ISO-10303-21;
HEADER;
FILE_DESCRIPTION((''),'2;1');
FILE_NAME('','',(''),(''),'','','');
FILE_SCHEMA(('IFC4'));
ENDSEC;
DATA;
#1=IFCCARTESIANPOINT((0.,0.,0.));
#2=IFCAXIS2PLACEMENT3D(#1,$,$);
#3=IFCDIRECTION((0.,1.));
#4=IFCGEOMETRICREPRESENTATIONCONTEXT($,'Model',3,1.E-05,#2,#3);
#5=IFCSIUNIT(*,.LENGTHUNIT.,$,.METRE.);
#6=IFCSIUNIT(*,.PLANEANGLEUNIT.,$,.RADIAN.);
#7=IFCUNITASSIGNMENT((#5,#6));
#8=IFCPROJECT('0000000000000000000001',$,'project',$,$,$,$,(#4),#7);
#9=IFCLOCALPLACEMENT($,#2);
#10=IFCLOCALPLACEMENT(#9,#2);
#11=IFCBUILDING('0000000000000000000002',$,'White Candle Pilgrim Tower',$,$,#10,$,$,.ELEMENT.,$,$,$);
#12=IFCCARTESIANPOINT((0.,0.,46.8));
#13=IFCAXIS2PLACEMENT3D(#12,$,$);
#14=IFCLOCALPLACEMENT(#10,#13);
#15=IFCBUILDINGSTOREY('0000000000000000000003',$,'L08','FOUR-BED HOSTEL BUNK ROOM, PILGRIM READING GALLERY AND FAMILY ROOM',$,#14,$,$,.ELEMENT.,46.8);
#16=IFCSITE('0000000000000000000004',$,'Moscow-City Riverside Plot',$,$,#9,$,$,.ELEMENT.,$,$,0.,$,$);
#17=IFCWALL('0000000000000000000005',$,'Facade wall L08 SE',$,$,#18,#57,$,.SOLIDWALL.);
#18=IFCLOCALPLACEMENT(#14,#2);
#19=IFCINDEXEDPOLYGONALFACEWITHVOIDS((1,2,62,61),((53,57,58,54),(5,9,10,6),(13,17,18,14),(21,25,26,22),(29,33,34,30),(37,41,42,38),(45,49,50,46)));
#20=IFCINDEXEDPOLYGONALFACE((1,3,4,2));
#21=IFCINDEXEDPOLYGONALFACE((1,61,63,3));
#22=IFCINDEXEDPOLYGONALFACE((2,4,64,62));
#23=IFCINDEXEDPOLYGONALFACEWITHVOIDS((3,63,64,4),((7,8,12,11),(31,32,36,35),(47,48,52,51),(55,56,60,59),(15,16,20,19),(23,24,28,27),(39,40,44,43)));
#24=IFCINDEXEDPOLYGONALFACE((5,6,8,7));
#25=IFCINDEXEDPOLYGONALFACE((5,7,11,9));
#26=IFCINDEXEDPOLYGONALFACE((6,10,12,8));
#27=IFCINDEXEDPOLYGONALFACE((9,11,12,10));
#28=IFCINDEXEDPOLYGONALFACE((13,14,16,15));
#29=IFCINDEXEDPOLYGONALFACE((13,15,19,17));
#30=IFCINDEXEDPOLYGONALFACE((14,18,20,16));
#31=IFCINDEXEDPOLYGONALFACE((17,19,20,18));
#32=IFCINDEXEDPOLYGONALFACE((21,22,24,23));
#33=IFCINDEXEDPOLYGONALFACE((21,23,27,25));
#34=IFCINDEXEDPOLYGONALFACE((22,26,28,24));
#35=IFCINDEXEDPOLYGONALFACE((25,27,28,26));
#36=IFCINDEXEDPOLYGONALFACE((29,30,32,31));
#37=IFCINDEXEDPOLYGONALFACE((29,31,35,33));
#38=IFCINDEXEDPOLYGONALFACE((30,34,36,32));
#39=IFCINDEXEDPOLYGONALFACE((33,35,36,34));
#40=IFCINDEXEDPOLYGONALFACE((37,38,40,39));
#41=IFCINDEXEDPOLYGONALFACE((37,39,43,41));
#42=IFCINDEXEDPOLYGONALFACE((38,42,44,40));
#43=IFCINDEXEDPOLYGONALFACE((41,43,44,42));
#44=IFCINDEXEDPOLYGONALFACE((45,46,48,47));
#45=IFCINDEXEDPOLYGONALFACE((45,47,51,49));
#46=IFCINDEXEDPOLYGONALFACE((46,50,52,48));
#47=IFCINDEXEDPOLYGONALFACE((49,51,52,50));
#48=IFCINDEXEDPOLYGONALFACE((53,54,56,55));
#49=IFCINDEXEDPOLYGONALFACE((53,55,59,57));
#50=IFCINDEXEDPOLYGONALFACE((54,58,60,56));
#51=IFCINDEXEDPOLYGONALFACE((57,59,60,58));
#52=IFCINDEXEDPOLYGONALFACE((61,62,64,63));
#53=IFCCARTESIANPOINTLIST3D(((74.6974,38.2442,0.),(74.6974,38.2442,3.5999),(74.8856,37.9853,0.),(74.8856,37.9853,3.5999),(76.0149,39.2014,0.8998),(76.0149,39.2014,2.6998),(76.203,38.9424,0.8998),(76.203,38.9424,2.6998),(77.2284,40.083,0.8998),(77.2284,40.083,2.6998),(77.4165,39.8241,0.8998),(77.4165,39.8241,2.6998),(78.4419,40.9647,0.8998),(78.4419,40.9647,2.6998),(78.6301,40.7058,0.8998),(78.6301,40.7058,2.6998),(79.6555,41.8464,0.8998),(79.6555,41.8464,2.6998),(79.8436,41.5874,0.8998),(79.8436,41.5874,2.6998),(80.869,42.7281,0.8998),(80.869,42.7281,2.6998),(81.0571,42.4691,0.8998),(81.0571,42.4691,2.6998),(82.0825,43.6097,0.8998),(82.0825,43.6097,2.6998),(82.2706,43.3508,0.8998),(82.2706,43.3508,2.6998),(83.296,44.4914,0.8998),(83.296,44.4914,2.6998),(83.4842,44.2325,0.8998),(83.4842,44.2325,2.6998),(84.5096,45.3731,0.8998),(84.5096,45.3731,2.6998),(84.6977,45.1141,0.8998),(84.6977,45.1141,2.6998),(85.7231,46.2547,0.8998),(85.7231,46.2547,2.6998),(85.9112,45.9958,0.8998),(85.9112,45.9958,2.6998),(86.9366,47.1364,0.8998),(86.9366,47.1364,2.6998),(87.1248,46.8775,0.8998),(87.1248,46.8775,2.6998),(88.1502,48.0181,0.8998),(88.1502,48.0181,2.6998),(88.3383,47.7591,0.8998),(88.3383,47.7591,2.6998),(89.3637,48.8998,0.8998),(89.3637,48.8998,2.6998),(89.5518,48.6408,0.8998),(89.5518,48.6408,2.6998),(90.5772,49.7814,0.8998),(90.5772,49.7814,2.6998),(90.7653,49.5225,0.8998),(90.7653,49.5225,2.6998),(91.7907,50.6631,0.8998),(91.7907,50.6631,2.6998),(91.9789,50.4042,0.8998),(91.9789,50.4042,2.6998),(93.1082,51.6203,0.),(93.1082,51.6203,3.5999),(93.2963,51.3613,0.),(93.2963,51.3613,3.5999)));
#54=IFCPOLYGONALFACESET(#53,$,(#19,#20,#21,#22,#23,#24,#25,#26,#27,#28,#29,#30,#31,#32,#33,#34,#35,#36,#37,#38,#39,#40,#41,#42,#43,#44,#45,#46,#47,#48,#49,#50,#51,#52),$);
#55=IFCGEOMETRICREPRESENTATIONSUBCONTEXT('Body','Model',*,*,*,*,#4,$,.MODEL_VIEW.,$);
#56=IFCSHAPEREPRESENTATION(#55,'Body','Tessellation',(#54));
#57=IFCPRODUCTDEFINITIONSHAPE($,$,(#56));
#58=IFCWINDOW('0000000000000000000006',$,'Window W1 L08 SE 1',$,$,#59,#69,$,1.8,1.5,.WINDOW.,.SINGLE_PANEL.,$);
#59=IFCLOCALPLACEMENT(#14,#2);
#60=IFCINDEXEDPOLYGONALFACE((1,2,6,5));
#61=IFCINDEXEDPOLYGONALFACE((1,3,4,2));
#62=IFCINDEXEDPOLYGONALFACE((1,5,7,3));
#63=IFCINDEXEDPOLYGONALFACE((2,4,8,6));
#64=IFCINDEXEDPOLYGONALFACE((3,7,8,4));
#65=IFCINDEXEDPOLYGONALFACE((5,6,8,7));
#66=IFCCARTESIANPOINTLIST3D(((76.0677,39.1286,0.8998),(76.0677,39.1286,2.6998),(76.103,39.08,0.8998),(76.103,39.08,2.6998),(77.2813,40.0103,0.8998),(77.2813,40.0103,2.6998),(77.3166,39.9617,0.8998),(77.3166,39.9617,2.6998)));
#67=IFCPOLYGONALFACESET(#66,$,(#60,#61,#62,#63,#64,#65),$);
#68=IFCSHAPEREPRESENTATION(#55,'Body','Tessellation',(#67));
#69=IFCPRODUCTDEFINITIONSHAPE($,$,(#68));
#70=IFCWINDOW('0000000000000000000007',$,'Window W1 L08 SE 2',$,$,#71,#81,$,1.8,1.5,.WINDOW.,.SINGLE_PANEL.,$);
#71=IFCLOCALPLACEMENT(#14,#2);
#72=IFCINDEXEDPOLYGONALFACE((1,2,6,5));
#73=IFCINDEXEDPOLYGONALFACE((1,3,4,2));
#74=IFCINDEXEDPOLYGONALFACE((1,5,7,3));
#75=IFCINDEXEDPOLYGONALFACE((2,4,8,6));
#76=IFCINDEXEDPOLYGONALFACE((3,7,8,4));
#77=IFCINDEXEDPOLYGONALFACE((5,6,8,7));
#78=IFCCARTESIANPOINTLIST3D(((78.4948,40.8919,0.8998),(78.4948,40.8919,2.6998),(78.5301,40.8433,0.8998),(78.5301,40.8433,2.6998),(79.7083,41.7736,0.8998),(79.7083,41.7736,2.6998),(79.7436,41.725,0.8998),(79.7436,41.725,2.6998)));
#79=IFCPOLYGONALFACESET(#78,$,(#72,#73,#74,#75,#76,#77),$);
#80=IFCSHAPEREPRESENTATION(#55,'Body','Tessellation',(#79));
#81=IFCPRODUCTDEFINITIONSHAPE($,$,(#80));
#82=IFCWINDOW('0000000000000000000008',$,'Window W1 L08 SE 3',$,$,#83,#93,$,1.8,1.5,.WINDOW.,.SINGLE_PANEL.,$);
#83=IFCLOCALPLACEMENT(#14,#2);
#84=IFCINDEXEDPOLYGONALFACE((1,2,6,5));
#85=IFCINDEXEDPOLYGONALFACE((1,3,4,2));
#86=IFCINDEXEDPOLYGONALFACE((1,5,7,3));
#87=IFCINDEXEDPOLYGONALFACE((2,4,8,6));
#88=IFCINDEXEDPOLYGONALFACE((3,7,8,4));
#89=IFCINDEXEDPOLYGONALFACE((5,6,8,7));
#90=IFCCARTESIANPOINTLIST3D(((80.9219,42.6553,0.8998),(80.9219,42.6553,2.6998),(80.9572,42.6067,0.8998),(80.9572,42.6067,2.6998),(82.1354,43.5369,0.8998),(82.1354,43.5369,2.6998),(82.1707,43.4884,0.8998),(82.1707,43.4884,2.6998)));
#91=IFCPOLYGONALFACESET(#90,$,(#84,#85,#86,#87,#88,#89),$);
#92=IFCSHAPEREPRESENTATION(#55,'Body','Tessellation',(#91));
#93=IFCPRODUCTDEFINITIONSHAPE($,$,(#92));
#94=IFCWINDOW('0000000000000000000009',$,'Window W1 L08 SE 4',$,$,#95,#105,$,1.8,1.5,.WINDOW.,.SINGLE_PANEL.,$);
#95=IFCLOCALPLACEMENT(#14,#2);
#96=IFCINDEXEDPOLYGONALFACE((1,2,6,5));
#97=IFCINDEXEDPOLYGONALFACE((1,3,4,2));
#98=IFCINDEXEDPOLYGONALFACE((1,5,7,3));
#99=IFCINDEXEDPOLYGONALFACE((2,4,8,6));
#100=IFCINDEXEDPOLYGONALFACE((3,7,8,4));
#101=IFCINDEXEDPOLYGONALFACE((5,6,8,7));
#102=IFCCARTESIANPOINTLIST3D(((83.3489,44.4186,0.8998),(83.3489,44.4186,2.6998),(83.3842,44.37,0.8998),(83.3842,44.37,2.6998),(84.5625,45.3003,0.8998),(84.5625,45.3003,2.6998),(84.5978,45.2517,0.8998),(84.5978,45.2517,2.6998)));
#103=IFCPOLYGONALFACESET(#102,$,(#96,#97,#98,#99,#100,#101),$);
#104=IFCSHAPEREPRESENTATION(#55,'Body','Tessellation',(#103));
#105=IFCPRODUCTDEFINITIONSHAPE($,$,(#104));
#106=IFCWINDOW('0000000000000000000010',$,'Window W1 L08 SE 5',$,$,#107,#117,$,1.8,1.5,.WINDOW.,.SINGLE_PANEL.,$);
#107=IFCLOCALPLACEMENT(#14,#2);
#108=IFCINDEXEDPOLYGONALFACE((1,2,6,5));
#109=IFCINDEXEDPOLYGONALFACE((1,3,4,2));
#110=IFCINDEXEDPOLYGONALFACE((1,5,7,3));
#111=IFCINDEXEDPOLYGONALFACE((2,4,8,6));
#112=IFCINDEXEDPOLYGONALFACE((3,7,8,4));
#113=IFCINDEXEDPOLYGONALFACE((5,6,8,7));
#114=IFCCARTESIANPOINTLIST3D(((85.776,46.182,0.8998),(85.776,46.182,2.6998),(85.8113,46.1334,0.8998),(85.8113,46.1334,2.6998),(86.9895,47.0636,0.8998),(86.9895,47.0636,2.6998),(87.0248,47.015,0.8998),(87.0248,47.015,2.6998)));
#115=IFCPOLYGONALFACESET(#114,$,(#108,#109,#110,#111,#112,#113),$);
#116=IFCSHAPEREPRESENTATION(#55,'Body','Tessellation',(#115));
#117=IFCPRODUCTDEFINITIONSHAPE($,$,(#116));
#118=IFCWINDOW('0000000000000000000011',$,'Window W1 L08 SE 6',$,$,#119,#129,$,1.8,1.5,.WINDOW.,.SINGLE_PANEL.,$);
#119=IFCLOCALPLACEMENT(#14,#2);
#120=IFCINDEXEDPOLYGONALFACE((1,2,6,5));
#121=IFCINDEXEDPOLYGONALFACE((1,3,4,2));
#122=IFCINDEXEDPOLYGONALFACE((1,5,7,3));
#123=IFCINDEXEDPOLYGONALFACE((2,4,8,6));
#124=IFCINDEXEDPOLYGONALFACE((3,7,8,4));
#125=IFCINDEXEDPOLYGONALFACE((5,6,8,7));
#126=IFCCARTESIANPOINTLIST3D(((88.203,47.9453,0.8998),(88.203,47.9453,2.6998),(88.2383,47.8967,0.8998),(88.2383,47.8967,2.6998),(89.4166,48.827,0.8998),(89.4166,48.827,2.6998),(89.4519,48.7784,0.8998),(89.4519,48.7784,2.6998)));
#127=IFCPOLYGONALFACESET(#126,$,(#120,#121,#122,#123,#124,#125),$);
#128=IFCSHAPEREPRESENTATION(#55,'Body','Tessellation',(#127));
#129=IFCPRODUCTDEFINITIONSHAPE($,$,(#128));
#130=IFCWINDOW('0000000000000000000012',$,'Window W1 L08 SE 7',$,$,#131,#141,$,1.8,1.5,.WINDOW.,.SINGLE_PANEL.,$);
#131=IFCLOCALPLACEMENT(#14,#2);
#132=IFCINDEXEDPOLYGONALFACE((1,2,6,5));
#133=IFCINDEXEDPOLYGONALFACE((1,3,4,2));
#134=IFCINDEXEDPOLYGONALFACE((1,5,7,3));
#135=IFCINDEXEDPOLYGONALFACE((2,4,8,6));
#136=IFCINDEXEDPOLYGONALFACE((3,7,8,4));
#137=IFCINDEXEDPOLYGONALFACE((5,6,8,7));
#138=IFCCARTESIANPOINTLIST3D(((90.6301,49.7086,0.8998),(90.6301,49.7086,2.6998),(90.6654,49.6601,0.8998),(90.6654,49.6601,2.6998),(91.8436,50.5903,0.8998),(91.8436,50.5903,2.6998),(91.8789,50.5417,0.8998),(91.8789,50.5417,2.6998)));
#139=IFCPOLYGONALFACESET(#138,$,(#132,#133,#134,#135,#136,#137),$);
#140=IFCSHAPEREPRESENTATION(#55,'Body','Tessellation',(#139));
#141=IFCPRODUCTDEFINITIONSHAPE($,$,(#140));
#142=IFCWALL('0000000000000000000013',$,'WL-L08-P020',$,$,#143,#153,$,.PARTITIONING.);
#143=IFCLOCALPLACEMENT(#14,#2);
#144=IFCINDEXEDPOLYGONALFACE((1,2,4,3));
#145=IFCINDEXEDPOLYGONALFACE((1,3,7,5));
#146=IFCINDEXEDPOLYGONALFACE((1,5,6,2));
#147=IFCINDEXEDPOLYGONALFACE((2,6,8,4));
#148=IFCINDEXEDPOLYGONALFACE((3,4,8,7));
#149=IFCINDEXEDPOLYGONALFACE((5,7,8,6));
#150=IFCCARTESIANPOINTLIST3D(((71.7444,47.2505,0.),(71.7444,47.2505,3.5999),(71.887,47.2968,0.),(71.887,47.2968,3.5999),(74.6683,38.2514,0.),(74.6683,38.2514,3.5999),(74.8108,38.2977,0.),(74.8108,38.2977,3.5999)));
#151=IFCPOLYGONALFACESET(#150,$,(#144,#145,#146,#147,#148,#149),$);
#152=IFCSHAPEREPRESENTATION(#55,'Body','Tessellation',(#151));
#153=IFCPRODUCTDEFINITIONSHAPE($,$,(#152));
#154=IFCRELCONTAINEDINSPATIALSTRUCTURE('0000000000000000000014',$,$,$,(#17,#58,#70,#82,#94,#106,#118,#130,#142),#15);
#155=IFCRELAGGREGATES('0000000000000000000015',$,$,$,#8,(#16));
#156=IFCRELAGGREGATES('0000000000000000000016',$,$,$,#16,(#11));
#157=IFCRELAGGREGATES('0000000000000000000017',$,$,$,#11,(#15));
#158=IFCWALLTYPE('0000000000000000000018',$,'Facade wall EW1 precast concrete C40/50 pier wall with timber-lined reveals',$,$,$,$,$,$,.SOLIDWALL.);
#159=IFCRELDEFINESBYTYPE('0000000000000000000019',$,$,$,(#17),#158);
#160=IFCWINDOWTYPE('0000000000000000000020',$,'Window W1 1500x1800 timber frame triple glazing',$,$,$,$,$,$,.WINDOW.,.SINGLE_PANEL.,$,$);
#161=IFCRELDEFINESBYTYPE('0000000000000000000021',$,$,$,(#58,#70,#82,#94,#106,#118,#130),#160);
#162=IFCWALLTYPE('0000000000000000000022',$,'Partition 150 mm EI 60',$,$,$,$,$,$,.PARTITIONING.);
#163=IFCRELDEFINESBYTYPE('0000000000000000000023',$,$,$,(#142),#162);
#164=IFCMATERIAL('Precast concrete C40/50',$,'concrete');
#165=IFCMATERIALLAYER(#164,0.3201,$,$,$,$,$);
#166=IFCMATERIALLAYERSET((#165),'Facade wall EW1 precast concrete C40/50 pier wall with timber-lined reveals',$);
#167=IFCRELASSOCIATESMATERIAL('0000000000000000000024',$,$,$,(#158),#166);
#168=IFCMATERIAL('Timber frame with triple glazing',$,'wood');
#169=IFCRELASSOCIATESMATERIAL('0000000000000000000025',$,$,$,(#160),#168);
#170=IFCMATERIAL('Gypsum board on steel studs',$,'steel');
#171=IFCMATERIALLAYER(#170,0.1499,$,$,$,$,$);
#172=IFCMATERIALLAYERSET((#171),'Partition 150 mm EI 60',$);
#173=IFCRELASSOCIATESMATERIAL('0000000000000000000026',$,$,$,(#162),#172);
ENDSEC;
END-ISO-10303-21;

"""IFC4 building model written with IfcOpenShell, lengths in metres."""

from ifc_helpers import new_model, si_unit, direction, frame, frame_2d, origin, place, context, subcontext, project, spatial, rectangle, extrude, material, layer, layer_set, type_object, element, fill, save


model = new_model("IFC4")

# Units and contexts
model_context = context("Model", 3, precision=1e-05, world=origin(), true_north=direction((0.0, 1.0)))
body_context = subcontext(model_context, "Body", "Model", "MODEL_VIEW")
ifc_project = project(units=[si_unit("LENGTHUNIT", "METRE"), si_unit("PLANEANGLEUNIT", "RADIAN")], contexts=[model_context])

# Site, building, storey
site_placement = place(None, origin())
site = spatial("IfcSite", under=ifc_project, at=site_placement, Name="Moscow-City Riverside Plot", CompositionType="ELEMENT", RefElevation=0.0)
building_placement = place(site_placement, origin())
building = spatial("IfcBuilding", under=site, at=building_placement, Name="White Candle Pilgrim Tower", CompositionType="ELEMENT")
storey_placement = place(building_placement, frame((0.0, 0.0, 46.8)))
storey = spatial("IfcBuildingStorey", under=building, at=storey_placement, Name="L08", Description="FOUR-BED HOSTEL BUNK ROOM, PILGRIM READING GALLERY AND FAMILY ROOM", CompositionType="ELEMENT", Elevation=46.8)

# Wall, openings, windows
ifc_material_1 = material(Name="Precast concrete C40/50", Category="concrete")
ifc_layer_1 = layer(ifc_material_1, 0.3201)
ifc_layer_set_1 = layer_set([ifc_layer_1], Name="Facade wall EW1 precast concrete C40/50 pier wall with timber-lined reveals")
wall_type_1 = type_object("IfcWallType", Name="Facade wall EW1 precast concrete C40/50 pier wall with timber-lined reveals", PredefinedType="SOLIDWALL", material=ifc_layer_set_1)
wall_1_placement = place(storey_placement, frame((74.7915, 38.1147, 0.0), z_axis=(0.0, 0.0, 1.0), x_axis=(0.80902, 0.587781, 0.0)))
wall_1 = element("IfcWall", 1, at=wall_1_placement, inside=storey, type_object=wall_type_1, Name="Facade wall L08 SE", PredefinedType="SOLIDWALL", context=body_context, shape_type="SweptSolid", body=[
    extrude(rectangle(XDim=22.7568, YDim=0.3201, at=frame_2d((11.3784, 0.0))), origin(), (0.0, 0.0, 1.0), 3.5999),
])
opening_1_placement = place(wall_1_placement, frame((1.6284, 0.0, 0.8999)))
opening_1 = element("IfcOpeningElement", 2, at=opening_1_placement, cuts=wall_1, PredefinedType="OPENING", context=body_context, shape_type="SweptSolid", body=[
    extrude(rectangle(XDim=1.5, YDim=1.8, at=frame_2d((0.75, 0.8999))), frame((0.0, 0.1699, 0.0), z_axis=(0.0, -1.0, 0.0), x_axis=(1.0, 0.0, 0.0)), (0.0, 0.0, 1.0), 0.3401),
])
opening_2_placement = place(wall_1_placement, frame((4.6284, 0.0, 0.8999)))
opening_2 = element("IfcOpeningElement", 3, at=opening_2_placement, cuts=wall_1, PredefinedType="OPENING", context=body_context, shape_type="SweptSolid", body=[
    extrude(rectangle(XDim=1.5, YDim=1.8, at=frame_2d((0.75, 0.8999))), frame((0.0, 0.1699, 0.0), z_axis=(0.0, -1.0, 0.0), x_axis=(1.0, 0.0, 0.0)), (0.0, 0.0, 1.0), 0.3401),
])
opening_3_placement = place(wall_1_placement, frame((7.6284, 0.0, 0.8999)))
opening_3 = element("IfcOpeningElement", 4, at=opening_3_placement, cuts=wall_1, PredefinedType="OPENING", context=body_context, shape_type="SweptSolid", body=[
    extrude(rectangle(XDim=1.5, YDim=1.8, at=frame_2d((0.75, 0.8999))), frame((0.0, 0.1699, 0.0), z_axis=(0.0, -1.0, 0.0), x_axis=(1.0, 0.0, 0.0)), (0.0, 0.0, 1.0), 0.3401),
])
opening_4_placement = place(wall_1_placement, frame((10.6284, 0.0, 0.8999)))
opening_4 = element("IfcOpeningElement", 5, at=opening_4_placement, cuts=wall_1, PredefinedType="OPENING", context=body_context, shape_type="SweptSolid", body=[
    extrude(rectangle(XDim=1.5, YDim=1.8, at=frame_2d((0.75, 0.8999))), frame((0.0, 0.1699, 0.0), z_axis=(0.0, -1.0, 0.0), x_axis=(1.0, 0.0, 0.0)), (0.0, 0.0, 1.0), 0.3401),
])
opening_5_placement = place(wall_1_placement, frame((13.6284, 0.0, 0.8999)))
opening_5 = element("IfcOpeningElement", 6, at=opening_5_placement, cuts=wall_1, PredefinedType="OPENING", context=body_context, shape_type="SweptSolid", body=[
    extrude(rectangle(XDim=1.5, YDim=1.8, at=frame_2d((0.75, 0.8999))), frame((0.0, 0.1699, 0.0), z_axis=(0.0, -1.0, 0.0), x_axis=(1.0, 0.0, 0.0)), (0.0, 0.0, 1.0), 0.3401),
])
opening_6_placement = place(wall_1_placement, frame((16.6284, 0.0, 0.8999)))
opening_6 = element("IfcOpeningElement", 7, at=opening_6_placement, cuts=wall_1, PredefinedType="OPENING", context=body_context, shape_type="SweptSolid", body=[
    extrude(rectangle(XDim=1.5, YDim=1.8, at=frame_2d((0.75, 0.8999))), frame((0.0, 0.1699, 0.0), z_axis=(0.0, -1.0, 0.0), x_axis=(1.0, 0.0, 0.0)), (0.0, 0.0, 1.0), 0.3401),
])
opening_7_placement = place(wall_1_placement, frame((19.6284, 0.0, 0.8999)))
opening_7 = element("IfcOpeningElement", 8, at=opening_7_placement, cuts=wall_1, PredefinedType="OPENING", context=body_context, shape_type="SweptSolid", body=[
    extrude(rectangle(XDim=1.5, YDim=1.8, at=frame_2d((0.75, 0.8999))), frame((0.0, 0.1699, 0.0), z_axis=(0.0, -1.0, 0.0), x_axis=(1.0, 0.0, 0.0)), (0.0, 0.0, 1.0), 0.3401),
])
ifc_material_2 = material(Name="Timber frame with triple glazing", Category="wood")
window_type = type_object("IfcWindowType", Name="Window W1 1500x1800 timber frame triple glazing", PartitioningType="SINGLE_PANEL", PredefinedType="WINDOW", material=ifc_material_2)
window_1_placement = place(opening_1_placement, origin())
window_1 = element("IfcWindow", 9, at=window_1_placement, inside=storey, type_object=window_type, Name="Window W1 L08 SE 1", OverallHeight=1.8, OverallWidth=1.5, PartitioningType="SINGLE_PANEL", PredefinedType="WINDOW", context=body_context, shape_type="SweptSolid", body=[
    extrude(rectangle(XDim=1.5, YDim=1.8, at=frame_2d((0.75, 0.8999))), frame((0.0, 0.0701, 0.0), z_axis=(0.0, -1.0, 0.0), x_axis=(1.0, 0.0, 0.0)), (0.0, 0.0, 1.0), 0.0601),
])
fill(opening_1, window_1)
window_2_placement = place(opening_2_placement, origin())
window_2 = element("IfcWindow", 10, at=window_2_placement, inside=storey, type_object=window_type, Name="Window W1 L08 SE 2", OverallHeight=1.8, OverallWidth=1.5, PartitioningType="SINGLE_PANEL", PredefinedType="WINDOW", context=body_context, shape_type="SweptSolid", body=[
    extrude(rectangle(XDim=1.5, YDim=1.8, at=frame_2d((0.75, 0.8999))), frame((0.0, 0.0701, 0.0), z_axis=(0.0, -1.0, 0.0), x_axis=(1.0, 0.0, 0.0)), (0.0, 0.0, 1.0), 0.0601),
])
fill(opening_2, window_2)
window_3_placement = place(opening_3_placement, origin())
window_3 = element("IfcWindow", 11, at=window_3_placement, inside=storey, type_object=window_type, Name="Window W1 L08 SE 3", OverallHeight=1.8, OverallWidth=1.5, PartitioningType="SINGLE_PANEL", PredefinedType="WINDOW", context=body_context, shape_type="SweptSolid", body=[
    extrude(rectangle(XDim=1.5, YDim=1.8, at=frame_2d((0.75, 0.8999))), frame((0.0, 0.0701, 0.0), z_axis=(0.0, -1.0, 0.0), x_axis=(1.0, 0.0, 0.0)), (0.0, 0.0, 1.0), 0.0601),
])
fill(opening_3, window_3)
window_4_placement = place(opening_4_placement, origin())
window_4 = element("IfcWindow", 12, at=window_4_placement, inside=storey, type_object=window_type, Name="Window W1 L08 SE 4", OverallHeight=1.8, OverallWidth=1.5, PartitioningType="SINGLE_PANEL", PredefinedType="WINDOW", context=body_context, shape_type="SweptSolid", body=[
    extrude(rectangle(XDim=1.5, YDim=1.8, at=frame_2d((0.75, 0.8999))), frame((0.0, 0.0701, 0.0), z_axis=(0.0, -1.0, 0.0), x_axis=(1.0, 0.0, 0.0)), (0.0, 0.0, 1.0), 0.0601),
])
fill(opening_4, window_4)
window_5_placement = place(opening_5_placement, origin())
window_5 = element("IfcWindow", 13, at=window_5_placement, inside=storey, type_object=window_type, Name="Window W1 L08 SE 5", OverallHeight=1.8, OverallWidth=1.5, PartitioningType="SINGLE_PANEL", PredefinedType="WINDOW", context=body_context, shape_type="SweptSolid", body=[
    extrude(rectangle(XDim=1.5, YDim=1.8, at=frame_2d((0.75, 0.8999))), frame((0.0, 0.0701, 0.0), z_axis=(0.0, -1.0, 0.0), x_axis=(1.0, 0.0, 0.0)), (0.0, 0.0, 1.0), 0.0601),
])
fill(opening_5, window_5)
window_6_placement = place(opening_6_placement, origin())
window_6 = element("IfcWindow", 14, at=window_6_placement, inside=storey, type_object=window_type, Name="Window W1 L08 SE 6", OverallHeight=1.8, OverallWidth=1.5, PartitioningType="SINGLE_PANEL", PredefinedType="WINDOW", context=body_context, shape_type="SweptSolid", body=[
    extrude(rectangle(XDim=1.5, YDim=1.8, at=frame_2d((0.75, 0.8999))), frame((0.0, 0.0701, 0.0), z_axis=(0.0, -1.0, 0.0), x_axis=(1.0, 0.0, 0.0)), (0.0, 0.0, 1.0), 0.0601),
])
fill(opening_6, window_6)
window_7_placement = place(opening_7_placement, origin())
window_7 = element("IfcWindow", 15, at=window_7_placement, inside=storey, type_object=window_type, Name="Window W1 L08 SE 7", OverallHeight=1.8, OverallWidth=1.5, PartitioningType="SINGLE_PANEL", PredefinedType="WINDOW", context=body_context, shape_type="SweptSolid", body=[
    extrude(rectangle(XDim=1.5, YDim=1.8, at=frame_2d((0.75, 0.8999))), frame((0.0, 0.0701, 0.0), z_axis=(0.0, -1.0, 0.0), x_axis=(1.0, 0.0, 0.0)), (0.0, 0.0, 1.0), 0.0601),
])
fill(opening_7, window_7)

# Wall
ifc_material_3 = material(Name="Gypsum board on steel studs", Category="steel")
ifc_layer_2 = layer(ifc_material_3, 0.1499)
ifc_layer_set_2 = layer_set([ifc_layer_2], Name="Partition 150 mm EI 60")
wall_type_2 = type_object("IfcWallType", Name="Partition 150 mm EI 60", PredefinedType="PARTITIONING", material=ifc_layer_set_2)
wall_2_placement = place(storey_placement, frame((74.7395, 38.2747, 0.0), z_axis=(0.0, 0.0, 1.0), x_axis=(-0.309004, 0.951061, 0.0)))
element("IfcWall", 16, at=wall_2_placement, inside=storey, type_object=wall_type_2, Name="WL-L08-P020", PredefinedType="PARTITIONING", context=body_context, shape_type="SweptSolid", body=[
    extrude(rectangle(XDim=9.4622, YDim=0.1499, at=frame_2d((4.731, 0.0))), origin(), (0.0, 0.0, 1.0), 3.5999),
])

save(model, "model.ifc")
